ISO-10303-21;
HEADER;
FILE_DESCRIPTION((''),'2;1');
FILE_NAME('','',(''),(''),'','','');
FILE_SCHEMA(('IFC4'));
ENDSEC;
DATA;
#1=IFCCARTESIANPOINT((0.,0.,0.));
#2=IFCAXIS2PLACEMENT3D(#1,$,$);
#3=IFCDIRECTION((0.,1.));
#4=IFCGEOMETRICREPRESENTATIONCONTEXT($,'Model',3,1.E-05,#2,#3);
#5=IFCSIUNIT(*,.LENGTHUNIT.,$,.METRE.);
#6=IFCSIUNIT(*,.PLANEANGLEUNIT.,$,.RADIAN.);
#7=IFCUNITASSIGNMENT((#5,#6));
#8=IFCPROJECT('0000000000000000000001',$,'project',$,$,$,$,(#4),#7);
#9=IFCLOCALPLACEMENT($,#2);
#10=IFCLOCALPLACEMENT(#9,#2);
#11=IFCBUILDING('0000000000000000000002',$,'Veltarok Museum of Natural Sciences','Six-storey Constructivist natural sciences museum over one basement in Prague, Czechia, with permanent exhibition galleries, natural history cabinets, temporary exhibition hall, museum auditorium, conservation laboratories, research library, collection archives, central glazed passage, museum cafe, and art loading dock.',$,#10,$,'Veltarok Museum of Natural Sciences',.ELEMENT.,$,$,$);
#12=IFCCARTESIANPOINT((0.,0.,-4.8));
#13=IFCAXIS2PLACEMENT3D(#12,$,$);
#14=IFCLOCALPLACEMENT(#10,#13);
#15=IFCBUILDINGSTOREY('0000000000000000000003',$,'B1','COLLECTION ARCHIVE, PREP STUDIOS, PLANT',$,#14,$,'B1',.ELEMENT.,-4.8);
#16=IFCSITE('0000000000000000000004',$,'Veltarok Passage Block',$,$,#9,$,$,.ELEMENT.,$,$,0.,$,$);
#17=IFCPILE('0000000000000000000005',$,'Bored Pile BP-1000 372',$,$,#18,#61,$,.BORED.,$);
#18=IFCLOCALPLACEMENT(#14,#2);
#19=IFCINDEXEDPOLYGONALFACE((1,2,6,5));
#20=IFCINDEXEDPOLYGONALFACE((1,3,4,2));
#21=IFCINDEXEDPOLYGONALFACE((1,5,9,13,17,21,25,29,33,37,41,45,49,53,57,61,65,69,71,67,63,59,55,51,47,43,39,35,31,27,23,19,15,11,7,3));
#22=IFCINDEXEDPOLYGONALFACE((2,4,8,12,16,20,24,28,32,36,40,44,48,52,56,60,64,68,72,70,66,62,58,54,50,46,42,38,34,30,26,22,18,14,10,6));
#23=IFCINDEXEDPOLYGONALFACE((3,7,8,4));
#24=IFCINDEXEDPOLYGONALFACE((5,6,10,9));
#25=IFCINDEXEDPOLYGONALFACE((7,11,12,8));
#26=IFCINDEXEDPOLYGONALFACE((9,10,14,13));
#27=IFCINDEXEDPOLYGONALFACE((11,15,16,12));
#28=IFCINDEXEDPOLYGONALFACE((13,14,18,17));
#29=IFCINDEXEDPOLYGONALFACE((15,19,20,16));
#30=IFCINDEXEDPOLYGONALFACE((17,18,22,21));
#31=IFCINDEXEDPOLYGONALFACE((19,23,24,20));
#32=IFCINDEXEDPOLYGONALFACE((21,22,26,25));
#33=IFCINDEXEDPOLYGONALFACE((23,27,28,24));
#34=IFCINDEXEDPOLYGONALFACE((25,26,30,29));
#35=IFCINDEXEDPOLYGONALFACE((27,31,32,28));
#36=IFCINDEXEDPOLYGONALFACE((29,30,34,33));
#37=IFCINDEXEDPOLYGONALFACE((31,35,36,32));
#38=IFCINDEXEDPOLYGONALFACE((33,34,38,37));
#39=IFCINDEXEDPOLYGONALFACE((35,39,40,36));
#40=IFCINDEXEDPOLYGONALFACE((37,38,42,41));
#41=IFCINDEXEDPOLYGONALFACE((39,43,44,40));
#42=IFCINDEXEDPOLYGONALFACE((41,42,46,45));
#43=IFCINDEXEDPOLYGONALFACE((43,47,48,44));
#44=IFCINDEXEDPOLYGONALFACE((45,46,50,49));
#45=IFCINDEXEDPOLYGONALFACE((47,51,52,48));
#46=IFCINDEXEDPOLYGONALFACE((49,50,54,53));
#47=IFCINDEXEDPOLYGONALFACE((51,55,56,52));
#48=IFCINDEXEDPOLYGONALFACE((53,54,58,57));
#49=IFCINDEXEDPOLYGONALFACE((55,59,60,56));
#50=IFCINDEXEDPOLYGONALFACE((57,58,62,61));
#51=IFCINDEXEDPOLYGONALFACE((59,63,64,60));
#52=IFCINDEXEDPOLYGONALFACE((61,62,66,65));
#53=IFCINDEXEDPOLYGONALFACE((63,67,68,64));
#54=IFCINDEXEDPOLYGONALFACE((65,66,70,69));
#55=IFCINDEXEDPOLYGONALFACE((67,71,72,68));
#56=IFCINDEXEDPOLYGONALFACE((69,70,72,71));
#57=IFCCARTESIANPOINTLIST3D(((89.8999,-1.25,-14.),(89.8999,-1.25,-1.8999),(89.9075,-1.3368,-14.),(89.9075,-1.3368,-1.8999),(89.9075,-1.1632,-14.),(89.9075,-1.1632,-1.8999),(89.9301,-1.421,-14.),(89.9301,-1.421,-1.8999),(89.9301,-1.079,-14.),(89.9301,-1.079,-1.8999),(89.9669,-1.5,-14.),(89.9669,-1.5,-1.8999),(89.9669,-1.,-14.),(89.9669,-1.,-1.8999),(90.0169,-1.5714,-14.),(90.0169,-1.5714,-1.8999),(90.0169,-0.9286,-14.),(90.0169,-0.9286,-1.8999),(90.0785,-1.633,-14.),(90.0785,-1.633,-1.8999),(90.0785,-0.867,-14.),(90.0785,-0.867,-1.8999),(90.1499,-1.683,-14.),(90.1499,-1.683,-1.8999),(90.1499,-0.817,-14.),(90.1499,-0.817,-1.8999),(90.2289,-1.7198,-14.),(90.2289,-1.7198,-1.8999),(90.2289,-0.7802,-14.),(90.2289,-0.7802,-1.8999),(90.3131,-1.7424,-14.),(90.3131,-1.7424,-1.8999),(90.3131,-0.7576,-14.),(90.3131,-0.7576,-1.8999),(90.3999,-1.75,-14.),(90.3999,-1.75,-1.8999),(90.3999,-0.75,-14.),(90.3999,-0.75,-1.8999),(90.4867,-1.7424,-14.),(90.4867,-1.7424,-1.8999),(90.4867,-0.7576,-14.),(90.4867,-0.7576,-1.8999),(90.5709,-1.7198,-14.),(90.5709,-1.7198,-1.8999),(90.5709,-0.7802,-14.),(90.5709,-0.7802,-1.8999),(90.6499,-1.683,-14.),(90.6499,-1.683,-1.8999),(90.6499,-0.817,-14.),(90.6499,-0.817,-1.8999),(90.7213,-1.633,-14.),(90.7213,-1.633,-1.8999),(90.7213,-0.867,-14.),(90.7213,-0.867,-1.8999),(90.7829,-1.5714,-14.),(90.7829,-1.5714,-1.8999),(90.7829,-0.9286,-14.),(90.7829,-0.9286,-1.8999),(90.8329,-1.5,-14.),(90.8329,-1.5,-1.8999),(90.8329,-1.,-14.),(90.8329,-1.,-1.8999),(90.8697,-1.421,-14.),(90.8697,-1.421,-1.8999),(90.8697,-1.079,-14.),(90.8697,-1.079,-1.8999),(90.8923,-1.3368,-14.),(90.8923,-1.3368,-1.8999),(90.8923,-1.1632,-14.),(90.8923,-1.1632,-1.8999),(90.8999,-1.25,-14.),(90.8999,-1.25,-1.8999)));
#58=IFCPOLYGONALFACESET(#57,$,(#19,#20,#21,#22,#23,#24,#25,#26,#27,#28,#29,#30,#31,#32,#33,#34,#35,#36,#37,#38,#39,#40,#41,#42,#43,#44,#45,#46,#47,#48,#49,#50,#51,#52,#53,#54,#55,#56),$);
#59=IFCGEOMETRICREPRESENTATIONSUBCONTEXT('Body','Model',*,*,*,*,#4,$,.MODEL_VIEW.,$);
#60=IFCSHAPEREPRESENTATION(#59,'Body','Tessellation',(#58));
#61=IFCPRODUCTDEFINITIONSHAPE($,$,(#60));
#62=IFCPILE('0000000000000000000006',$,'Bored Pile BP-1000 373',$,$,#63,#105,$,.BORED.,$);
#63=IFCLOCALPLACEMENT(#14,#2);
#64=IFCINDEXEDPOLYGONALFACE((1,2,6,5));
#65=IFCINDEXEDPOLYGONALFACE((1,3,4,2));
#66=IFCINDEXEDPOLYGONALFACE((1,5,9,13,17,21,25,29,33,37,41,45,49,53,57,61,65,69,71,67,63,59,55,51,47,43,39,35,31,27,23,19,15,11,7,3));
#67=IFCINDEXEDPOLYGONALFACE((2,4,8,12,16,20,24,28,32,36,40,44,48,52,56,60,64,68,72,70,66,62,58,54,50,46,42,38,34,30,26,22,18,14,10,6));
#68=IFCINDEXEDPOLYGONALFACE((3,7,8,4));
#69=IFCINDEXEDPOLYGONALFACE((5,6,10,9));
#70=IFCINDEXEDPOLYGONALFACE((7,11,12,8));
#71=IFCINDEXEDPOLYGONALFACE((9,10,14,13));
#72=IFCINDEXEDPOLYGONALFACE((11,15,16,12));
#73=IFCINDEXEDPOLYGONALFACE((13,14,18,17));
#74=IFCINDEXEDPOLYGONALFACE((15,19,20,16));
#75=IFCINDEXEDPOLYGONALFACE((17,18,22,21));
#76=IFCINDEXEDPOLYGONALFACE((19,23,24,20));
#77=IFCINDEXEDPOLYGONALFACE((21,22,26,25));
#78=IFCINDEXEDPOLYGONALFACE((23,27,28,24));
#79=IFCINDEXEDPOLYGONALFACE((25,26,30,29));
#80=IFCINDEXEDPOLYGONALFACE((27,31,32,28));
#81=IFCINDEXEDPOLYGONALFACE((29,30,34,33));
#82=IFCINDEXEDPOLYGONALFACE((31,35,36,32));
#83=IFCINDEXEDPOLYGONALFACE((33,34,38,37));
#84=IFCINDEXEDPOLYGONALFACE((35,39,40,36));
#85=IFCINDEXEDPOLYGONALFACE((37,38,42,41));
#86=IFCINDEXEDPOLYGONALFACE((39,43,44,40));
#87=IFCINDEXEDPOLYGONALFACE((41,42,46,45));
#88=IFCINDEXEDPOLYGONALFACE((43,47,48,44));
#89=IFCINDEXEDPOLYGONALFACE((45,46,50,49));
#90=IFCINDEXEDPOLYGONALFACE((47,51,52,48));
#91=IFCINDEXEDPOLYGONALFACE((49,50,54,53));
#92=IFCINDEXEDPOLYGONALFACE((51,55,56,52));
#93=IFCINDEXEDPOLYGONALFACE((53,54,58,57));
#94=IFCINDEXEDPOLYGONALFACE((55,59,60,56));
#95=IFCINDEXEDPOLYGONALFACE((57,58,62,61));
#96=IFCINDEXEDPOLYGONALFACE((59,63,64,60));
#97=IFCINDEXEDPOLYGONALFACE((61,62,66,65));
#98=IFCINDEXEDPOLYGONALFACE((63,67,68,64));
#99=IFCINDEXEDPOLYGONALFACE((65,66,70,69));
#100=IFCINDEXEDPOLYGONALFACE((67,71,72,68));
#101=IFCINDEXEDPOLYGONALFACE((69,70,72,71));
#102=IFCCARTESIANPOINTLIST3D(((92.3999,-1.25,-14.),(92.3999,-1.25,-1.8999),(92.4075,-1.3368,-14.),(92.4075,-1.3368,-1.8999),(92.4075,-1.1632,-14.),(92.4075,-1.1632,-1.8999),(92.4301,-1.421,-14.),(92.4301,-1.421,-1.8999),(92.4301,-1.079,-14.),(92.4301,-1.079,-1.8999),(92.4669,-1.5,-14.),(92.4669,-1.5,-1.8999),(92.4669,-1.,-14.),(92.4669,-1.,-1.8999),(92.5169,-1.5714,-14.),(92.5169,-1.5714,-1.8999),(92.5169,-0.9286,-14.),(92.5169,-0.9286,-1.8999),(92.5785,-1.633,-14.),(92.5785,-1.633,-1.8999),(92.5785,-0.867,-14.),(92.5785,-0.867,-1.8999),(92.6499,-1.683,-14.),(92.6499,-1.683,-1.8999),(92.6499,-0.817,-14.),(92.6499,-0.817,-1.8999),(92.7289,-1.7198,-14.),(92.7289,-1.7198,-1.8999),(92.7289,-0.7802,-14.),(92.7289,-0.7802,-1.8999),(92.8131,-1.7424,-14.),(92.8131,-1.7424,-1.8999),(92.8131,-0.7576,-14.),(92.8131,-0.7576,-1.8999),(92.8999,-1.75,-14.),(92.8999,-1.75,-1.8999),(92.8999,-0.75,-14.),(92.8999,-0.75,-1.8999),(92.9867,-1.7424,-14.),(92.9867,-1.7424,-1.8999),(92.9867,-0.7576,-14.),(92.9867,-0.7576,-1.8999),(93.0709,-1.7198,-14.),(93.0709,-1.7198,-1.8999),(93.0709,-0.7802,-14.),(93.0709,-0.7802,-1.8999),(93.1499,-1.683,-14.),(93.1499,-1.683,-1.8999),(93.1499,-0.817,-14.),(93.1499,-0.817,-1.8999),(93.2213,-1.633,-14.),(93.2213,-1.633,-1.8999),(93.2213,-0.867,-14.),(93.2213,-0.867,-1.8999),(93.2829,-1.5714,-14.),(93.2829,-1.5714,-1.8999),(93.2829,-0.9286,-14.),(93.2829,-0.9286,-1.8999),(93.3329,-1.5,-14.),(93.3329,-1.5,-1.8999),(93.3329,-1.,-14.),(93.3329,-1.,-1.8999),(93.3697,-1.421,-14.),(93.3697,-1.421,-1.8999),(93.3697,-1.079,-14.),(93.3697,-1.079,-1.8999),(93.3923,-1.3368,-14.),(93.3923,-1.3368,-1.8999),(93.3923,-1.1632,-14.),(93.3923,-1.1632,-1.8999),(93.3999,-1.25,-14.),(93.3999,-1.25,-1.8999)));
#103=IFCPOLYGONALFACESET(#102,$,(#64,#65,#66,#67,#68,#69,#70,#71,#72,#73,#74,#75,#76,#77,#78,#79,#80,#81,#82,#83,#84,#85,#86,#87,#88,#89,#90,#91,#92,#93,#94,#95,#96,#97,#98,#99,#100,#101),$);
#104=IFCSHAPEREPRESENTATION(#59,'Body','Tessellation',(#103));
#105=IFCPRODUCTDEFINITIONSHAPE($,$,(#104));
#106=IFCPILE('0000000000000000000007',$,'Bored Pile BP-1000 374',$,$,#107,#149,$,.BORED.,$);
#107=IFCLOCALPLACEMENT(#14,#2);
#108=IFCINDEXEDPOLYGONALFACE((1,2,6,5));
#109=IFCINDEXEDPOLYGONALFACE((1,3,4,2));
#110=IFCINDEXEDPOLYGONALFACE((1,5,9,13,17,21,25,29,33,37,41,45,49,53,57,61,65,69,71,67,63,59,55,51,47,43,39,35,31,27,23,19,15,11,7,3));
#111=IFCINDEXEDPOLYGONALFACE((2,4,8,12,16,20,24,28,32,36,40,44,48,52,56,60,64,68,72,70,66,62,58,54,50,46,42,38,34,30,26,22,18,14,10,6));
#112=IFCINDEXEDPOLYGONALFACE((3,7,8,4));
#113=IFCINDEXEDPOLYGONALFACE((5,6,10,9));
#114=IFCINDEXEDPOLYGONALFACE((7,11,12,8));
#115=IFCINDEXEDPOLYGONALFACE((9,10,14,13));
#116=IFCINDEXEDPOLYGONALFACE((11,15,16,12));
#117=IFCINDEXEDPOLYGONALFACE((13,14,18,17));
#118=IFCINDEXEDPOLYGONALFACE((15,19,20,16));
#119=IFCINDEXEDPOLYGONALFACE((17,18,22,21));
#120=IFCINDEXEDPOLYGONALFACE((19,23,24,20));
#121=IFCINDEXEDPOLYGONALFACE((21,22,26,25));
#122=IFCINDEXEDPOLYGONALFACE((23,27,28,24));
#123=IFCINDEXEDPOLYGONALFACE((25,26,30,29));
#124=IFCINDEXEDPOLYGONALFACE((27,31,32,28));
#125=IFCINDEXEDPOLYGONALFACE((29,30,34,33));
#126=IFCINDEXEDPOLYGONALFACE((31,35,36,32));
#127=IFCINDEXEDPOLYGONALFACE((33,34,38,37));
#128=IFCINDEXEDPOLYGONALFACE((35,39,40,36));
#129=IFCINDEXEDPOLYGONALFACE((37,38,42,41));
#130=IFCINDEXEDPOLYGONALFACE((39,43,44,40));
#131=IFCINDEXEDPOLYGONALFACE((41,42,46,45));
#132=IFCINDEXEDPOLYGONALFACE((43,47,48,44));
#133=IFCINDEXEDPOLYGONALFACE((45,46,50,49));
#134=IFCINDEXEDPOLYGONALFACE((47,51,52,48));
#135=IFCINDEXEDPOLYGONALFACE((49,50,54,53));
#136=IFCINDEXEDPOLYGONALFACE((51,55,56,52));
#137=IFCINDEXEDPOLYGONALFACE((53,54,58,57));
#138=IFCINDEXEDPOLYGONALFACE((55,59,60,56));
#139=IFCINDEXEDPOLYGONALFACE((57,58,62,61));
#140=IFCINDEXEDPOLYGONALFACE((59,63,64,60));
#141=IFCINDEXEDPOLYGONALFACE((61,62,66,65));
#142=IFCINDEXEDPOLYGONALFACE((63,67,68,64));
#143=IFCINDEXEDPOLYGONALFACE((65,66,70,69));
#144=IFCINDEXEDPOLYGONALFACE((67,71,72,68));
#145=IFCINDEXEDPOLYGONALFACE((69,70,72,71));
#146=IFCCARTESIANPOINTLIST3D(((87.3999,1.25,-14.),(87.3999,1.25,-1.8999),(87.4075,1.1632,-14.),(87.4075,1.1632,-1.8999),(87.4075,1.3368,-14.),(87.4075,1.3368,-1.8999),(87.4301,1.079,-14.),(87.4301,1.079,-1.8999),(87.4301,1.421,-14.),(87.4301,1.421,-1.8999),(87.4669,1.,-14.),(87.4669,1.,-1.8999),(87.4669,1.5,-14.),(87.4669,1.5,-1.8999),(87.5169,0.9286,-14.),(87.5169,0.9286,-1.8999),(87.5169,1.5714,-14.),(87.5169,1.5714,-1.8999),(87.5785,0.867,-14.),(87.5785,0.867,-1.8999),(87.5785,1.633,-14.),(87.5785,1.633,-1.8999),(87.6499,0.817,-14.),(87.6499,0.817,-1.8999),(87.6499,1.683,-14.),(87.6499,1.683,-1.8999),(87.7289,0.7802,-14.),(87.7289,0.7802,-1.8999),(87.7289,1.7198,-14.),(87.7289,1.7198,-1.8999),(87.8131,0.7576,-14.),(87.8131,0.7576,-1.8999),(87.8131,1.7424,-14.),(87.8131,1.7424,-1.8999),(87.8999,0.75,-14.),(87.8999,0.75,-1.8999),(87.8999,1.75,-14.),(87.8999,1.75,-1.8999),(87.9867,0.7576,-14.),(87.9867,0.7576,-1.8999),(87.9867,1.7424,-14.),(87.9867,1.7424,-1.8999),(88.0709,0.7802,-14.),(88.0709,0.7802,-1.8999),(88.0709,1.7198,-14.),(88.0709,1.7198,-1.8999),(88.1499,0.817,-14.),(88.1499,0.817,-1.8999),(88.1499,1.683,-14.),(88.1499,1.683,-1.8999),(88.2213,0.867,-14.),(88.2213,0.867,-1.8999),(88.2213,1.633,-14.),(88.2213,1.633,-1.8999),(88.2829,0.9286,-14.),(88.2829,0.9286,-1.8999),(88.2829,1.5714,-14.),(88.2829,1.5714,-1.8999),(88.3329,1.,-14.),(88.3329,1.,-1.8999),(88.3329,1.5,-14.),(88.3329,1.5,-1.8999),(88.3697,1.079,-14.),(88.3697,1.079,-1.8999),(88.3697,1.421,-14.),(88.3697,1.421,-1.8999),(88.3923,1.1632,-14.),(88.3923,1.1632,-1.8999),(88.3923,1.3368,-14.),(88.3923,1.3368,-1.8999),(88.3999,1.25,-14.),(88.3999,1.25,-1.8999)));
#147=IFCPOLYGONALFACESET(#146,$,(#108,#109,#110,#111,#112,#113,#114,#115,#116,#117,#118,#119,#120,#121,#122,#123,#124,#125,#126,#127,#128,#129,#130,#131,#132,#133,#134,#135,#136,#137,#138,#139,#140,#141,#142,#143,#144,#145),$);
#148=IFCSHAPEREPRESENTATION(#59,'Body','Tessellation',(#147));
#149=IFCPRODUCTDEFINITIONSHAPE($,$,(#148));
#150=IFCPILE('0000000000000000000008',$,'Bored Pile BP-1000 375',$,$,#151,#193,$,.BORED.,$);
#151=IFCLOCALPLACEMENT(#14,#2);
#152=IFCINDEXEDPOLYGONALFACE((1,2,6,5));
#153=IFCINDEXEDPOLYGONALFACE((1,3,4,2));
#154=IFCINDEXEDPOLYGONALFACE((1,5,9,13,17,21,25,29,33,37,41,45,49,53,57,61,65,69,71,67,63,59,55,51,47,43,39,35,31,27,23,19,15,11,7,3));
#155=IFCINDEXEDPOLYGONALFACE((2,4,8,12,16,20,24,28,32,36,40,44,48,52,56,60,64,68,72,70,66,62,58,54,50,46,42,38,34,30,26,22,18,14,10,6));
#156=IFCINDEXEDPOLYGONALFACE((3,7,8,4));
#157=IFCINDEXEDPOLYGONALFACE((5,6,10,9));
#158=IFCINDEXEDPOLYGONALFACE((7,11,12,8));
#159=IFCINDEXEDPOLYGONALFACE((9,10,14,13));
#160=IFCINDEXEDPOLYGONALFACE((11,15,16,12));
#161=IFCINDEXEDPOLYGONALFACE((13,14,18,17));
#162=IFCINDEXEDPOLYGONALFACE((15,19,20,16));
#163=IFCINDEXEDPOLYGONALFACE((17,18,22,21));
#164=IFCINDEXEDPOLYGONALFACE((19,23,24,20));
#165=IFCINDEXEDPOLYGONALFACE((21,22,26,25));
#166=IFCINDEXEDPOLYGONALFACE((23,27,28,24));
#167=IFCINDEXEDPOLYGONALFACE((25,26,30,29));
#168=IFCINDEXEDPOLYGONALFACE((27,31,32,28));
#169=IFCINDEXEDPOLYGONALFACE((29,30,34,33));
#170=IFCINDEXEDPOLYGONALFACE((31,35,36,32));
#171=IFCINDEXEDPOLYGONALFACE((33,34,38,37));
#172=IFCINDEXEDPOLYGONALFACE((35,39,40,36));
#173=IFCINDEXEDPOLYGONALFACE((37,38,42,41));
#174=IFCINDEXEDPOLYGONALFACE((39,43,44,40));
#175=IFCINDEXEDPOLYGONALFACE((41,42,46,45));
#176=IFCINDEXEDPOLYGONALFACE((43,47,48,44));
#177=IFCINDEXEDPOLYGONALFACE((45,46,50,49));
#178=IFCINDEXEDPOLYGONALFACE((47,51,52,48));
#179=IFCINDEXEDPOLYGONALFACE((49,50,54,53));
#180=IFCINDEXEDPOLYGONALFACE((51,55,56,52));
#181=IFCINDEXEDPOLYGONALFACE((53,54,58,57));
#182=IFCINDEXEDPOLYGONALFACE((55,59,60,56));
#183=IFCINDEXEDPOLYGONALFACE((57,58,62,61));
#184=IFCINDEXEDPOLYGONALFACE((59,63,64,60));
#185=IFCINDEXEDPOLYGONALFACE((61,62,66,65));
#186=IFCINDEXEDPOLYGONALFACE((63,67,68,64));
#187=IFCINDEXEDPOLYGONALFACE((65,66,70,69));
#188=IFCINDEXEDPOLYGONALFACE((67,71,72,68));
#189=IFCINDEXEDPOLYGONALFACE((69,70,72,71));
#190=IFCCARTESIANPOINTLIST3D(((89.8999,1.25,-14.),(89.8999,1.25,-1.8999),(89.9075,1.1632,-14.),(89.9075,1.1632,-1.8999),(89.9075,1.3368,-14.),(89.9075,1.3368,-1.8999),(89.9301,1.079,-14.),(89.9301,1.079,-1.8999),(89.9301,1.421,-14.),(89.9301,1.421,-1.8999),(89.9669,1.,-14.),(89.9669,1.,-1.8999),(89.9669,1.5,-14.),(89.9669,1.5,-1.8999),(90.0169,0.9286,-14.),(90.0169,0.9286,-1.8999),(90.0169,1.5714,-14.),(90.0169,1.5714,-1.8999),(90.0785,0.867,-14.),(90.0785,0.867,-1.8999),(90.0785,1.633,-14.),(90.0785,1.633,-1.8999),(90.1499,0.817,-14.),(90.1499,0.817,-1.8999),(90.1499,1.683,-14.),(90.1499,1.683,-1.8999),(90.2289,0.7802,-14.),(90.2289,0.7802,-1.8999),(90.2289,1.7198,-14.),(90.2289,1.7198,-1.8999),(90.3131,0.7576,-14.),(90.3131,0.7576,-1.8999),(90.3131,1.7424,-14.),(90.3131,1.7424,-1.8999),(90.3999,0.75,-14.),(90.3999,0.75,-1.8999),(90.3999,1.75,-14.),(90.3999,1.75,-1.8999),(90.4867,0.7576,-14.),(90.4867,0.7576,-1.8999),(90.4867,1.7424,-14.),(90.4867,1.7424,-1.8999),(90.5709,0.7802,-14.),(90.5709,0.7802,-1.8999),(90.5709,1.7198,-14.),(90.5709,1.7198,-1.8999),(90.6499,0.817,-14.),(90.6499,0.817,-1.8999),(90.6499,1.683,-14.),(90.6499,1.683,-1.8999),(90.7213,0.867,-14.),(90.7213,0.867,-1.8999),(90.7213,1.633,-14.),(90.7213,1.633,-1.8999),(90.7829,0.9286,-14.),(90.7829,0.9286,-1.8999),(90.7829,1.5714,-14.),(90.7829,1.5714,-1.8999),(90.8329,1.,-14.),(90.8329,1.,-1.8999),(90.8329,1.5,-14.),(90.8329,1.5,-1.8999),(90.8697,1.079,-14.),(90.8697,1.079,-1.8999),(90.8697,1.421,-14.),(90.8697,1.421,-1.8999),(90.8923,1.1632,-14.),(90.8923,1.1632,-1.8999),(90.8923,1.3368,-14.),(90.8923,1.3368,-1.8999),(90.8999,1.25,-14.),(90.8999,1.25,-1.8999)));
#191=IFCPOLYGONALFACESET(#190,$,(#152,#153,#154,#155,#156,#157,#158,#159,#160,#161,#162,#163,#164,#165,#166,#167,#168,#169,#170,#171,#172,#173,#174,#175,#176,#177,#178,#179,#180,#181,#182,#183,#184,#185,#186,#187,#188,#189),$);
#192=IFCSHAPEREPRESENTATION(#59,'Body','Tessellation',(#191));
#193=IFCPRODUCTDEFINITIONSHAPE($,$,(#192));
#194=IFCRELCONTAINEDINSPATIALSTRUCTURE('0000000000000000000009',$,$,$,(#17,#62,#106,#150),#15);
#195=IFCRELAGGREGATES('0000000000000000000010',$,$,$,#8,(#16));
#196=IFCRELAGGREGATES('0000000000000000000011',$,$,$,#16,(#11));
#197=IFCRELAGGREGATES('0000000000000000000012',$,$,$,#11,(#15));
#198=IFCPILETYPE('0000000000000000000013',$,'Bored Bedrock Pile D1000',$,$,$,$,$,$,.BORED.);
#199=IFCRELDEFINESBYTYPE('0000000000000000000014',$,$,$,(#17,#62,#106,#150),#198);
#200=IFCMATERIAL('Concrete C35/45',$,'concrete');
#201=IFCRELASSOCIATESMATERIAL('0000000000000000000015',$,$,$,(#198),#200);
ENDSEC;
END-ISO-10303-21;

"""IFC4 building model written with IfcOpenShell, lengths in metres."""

from ifc_helpers import new_model, si_unit, direction, frame, origin, origin_2d, place, context, subcontext, project, spatial, circle, extrude, material, material_profile, profile_set, type_object, element, save


model = new_model("IFC4")

# Units and contexts
model_context = context("Model", 3, precision=1e-05, world=origin(), true_north=direction((0.0, 1.0)))
body_context = subcontext(model_context, "Body", "Model", "MODEL_VIEW")
ifc_project = project(units=[si_unit("LENGTHUNIT", "METRE"), si_unit("PLANEANGLEUNIT", "RADIAN")], contexts=[model_context])

# Site, building, storey
site_placement = place(None, origin())
site = spatial("IfcSite", under=ifc_project, at=site_placement, Name="Veltarok Passage Block", CompositionType="ELEMENT", RefElevation=0.0)
building_placement = place(site_placement, origin())
building = spatial("IfcBuilding", under=site, at=building_placement, Name="Veltarok Museum of Natural Sciences", Description="Six-storey Constructivist natural sciences museum over one basement in Prague, Czechia, with permanent exhibition galleries, natural history cabinets, temporary exhibition hall, museum auditorium, conservation laboratories, research library, collection archives, central glazed passage, museum cafe, and art loading dock.", LongName="Veltarok Museum of Natural Sciences", CompositionType="ELEMENT")
storey_placement = place(building_placement, frame((0.0, 0.0, -4.8)))
storey = spatial("IfcBuildingStorey", under=building, at=storey_placement, Name="B1", Description="COLLECTION ARCHIVE, PREP STUDIOS, PLANT", LongName="B1", CompositionType="ELEMENT", Elevation=-4.8)

# Piles
ifc_material_1 = material(Name="Concrete C35/45", Category="concrete")
ifc_material_profile_1 = material_profile(ifc_material_1, circle(Radius=0.5, at=origin_2d()), Name="BP D1000")
ifc_profile_set_1 = profile_set([ifc_material_profile_1], Name="Concrete C35/45")
pile_type = type_object("IfcPileType", Name="Bored Bedrock Pile D1000", PredefinedType="BORED", material=ifc_profile_set_1)
for number, where, z_axis, x_axis, name in (
    (1, (90.3999, -1.25, -1.8999), (0.0, 0.0, -1.0), (1.0, 0.0, 0.0), "Bored Pile BP-1000 372"),
    (2, (92.8999, -1.25, -1.8999), (0.0, 0.0, -1.0), (1.0, 0.0, 0.0), "Bored Pile BP-1000 373"),
    (3, (87.8999, 1.25, -1.8999), (0.0, 0.0, -1.0), (1.0, 0.0, 0.0), "Bored Pile BP-1000 374"),
    (4, (90.3999, 1.25, -1.8999), (0.0, 0.0, -1.0), (1.0, 0.0, 0.0), "Bored Pile BP-1000 375"),
):
    element("IfcPile", number, at=place(storey_placement, frame(where, z_axis=z_axis, x_axis=x_axis)), inside=storey, type_object=pile_type, Name=name, PredefinedType="BORED", context=body_context, shape_type="SweptSolid", body=[
        extrude(circle(Radius=0.5, at=origin_2d()), origin(), (0.0, 0.0, 1.0), 12.1001),
    ])

save(model, "model.ifc")
